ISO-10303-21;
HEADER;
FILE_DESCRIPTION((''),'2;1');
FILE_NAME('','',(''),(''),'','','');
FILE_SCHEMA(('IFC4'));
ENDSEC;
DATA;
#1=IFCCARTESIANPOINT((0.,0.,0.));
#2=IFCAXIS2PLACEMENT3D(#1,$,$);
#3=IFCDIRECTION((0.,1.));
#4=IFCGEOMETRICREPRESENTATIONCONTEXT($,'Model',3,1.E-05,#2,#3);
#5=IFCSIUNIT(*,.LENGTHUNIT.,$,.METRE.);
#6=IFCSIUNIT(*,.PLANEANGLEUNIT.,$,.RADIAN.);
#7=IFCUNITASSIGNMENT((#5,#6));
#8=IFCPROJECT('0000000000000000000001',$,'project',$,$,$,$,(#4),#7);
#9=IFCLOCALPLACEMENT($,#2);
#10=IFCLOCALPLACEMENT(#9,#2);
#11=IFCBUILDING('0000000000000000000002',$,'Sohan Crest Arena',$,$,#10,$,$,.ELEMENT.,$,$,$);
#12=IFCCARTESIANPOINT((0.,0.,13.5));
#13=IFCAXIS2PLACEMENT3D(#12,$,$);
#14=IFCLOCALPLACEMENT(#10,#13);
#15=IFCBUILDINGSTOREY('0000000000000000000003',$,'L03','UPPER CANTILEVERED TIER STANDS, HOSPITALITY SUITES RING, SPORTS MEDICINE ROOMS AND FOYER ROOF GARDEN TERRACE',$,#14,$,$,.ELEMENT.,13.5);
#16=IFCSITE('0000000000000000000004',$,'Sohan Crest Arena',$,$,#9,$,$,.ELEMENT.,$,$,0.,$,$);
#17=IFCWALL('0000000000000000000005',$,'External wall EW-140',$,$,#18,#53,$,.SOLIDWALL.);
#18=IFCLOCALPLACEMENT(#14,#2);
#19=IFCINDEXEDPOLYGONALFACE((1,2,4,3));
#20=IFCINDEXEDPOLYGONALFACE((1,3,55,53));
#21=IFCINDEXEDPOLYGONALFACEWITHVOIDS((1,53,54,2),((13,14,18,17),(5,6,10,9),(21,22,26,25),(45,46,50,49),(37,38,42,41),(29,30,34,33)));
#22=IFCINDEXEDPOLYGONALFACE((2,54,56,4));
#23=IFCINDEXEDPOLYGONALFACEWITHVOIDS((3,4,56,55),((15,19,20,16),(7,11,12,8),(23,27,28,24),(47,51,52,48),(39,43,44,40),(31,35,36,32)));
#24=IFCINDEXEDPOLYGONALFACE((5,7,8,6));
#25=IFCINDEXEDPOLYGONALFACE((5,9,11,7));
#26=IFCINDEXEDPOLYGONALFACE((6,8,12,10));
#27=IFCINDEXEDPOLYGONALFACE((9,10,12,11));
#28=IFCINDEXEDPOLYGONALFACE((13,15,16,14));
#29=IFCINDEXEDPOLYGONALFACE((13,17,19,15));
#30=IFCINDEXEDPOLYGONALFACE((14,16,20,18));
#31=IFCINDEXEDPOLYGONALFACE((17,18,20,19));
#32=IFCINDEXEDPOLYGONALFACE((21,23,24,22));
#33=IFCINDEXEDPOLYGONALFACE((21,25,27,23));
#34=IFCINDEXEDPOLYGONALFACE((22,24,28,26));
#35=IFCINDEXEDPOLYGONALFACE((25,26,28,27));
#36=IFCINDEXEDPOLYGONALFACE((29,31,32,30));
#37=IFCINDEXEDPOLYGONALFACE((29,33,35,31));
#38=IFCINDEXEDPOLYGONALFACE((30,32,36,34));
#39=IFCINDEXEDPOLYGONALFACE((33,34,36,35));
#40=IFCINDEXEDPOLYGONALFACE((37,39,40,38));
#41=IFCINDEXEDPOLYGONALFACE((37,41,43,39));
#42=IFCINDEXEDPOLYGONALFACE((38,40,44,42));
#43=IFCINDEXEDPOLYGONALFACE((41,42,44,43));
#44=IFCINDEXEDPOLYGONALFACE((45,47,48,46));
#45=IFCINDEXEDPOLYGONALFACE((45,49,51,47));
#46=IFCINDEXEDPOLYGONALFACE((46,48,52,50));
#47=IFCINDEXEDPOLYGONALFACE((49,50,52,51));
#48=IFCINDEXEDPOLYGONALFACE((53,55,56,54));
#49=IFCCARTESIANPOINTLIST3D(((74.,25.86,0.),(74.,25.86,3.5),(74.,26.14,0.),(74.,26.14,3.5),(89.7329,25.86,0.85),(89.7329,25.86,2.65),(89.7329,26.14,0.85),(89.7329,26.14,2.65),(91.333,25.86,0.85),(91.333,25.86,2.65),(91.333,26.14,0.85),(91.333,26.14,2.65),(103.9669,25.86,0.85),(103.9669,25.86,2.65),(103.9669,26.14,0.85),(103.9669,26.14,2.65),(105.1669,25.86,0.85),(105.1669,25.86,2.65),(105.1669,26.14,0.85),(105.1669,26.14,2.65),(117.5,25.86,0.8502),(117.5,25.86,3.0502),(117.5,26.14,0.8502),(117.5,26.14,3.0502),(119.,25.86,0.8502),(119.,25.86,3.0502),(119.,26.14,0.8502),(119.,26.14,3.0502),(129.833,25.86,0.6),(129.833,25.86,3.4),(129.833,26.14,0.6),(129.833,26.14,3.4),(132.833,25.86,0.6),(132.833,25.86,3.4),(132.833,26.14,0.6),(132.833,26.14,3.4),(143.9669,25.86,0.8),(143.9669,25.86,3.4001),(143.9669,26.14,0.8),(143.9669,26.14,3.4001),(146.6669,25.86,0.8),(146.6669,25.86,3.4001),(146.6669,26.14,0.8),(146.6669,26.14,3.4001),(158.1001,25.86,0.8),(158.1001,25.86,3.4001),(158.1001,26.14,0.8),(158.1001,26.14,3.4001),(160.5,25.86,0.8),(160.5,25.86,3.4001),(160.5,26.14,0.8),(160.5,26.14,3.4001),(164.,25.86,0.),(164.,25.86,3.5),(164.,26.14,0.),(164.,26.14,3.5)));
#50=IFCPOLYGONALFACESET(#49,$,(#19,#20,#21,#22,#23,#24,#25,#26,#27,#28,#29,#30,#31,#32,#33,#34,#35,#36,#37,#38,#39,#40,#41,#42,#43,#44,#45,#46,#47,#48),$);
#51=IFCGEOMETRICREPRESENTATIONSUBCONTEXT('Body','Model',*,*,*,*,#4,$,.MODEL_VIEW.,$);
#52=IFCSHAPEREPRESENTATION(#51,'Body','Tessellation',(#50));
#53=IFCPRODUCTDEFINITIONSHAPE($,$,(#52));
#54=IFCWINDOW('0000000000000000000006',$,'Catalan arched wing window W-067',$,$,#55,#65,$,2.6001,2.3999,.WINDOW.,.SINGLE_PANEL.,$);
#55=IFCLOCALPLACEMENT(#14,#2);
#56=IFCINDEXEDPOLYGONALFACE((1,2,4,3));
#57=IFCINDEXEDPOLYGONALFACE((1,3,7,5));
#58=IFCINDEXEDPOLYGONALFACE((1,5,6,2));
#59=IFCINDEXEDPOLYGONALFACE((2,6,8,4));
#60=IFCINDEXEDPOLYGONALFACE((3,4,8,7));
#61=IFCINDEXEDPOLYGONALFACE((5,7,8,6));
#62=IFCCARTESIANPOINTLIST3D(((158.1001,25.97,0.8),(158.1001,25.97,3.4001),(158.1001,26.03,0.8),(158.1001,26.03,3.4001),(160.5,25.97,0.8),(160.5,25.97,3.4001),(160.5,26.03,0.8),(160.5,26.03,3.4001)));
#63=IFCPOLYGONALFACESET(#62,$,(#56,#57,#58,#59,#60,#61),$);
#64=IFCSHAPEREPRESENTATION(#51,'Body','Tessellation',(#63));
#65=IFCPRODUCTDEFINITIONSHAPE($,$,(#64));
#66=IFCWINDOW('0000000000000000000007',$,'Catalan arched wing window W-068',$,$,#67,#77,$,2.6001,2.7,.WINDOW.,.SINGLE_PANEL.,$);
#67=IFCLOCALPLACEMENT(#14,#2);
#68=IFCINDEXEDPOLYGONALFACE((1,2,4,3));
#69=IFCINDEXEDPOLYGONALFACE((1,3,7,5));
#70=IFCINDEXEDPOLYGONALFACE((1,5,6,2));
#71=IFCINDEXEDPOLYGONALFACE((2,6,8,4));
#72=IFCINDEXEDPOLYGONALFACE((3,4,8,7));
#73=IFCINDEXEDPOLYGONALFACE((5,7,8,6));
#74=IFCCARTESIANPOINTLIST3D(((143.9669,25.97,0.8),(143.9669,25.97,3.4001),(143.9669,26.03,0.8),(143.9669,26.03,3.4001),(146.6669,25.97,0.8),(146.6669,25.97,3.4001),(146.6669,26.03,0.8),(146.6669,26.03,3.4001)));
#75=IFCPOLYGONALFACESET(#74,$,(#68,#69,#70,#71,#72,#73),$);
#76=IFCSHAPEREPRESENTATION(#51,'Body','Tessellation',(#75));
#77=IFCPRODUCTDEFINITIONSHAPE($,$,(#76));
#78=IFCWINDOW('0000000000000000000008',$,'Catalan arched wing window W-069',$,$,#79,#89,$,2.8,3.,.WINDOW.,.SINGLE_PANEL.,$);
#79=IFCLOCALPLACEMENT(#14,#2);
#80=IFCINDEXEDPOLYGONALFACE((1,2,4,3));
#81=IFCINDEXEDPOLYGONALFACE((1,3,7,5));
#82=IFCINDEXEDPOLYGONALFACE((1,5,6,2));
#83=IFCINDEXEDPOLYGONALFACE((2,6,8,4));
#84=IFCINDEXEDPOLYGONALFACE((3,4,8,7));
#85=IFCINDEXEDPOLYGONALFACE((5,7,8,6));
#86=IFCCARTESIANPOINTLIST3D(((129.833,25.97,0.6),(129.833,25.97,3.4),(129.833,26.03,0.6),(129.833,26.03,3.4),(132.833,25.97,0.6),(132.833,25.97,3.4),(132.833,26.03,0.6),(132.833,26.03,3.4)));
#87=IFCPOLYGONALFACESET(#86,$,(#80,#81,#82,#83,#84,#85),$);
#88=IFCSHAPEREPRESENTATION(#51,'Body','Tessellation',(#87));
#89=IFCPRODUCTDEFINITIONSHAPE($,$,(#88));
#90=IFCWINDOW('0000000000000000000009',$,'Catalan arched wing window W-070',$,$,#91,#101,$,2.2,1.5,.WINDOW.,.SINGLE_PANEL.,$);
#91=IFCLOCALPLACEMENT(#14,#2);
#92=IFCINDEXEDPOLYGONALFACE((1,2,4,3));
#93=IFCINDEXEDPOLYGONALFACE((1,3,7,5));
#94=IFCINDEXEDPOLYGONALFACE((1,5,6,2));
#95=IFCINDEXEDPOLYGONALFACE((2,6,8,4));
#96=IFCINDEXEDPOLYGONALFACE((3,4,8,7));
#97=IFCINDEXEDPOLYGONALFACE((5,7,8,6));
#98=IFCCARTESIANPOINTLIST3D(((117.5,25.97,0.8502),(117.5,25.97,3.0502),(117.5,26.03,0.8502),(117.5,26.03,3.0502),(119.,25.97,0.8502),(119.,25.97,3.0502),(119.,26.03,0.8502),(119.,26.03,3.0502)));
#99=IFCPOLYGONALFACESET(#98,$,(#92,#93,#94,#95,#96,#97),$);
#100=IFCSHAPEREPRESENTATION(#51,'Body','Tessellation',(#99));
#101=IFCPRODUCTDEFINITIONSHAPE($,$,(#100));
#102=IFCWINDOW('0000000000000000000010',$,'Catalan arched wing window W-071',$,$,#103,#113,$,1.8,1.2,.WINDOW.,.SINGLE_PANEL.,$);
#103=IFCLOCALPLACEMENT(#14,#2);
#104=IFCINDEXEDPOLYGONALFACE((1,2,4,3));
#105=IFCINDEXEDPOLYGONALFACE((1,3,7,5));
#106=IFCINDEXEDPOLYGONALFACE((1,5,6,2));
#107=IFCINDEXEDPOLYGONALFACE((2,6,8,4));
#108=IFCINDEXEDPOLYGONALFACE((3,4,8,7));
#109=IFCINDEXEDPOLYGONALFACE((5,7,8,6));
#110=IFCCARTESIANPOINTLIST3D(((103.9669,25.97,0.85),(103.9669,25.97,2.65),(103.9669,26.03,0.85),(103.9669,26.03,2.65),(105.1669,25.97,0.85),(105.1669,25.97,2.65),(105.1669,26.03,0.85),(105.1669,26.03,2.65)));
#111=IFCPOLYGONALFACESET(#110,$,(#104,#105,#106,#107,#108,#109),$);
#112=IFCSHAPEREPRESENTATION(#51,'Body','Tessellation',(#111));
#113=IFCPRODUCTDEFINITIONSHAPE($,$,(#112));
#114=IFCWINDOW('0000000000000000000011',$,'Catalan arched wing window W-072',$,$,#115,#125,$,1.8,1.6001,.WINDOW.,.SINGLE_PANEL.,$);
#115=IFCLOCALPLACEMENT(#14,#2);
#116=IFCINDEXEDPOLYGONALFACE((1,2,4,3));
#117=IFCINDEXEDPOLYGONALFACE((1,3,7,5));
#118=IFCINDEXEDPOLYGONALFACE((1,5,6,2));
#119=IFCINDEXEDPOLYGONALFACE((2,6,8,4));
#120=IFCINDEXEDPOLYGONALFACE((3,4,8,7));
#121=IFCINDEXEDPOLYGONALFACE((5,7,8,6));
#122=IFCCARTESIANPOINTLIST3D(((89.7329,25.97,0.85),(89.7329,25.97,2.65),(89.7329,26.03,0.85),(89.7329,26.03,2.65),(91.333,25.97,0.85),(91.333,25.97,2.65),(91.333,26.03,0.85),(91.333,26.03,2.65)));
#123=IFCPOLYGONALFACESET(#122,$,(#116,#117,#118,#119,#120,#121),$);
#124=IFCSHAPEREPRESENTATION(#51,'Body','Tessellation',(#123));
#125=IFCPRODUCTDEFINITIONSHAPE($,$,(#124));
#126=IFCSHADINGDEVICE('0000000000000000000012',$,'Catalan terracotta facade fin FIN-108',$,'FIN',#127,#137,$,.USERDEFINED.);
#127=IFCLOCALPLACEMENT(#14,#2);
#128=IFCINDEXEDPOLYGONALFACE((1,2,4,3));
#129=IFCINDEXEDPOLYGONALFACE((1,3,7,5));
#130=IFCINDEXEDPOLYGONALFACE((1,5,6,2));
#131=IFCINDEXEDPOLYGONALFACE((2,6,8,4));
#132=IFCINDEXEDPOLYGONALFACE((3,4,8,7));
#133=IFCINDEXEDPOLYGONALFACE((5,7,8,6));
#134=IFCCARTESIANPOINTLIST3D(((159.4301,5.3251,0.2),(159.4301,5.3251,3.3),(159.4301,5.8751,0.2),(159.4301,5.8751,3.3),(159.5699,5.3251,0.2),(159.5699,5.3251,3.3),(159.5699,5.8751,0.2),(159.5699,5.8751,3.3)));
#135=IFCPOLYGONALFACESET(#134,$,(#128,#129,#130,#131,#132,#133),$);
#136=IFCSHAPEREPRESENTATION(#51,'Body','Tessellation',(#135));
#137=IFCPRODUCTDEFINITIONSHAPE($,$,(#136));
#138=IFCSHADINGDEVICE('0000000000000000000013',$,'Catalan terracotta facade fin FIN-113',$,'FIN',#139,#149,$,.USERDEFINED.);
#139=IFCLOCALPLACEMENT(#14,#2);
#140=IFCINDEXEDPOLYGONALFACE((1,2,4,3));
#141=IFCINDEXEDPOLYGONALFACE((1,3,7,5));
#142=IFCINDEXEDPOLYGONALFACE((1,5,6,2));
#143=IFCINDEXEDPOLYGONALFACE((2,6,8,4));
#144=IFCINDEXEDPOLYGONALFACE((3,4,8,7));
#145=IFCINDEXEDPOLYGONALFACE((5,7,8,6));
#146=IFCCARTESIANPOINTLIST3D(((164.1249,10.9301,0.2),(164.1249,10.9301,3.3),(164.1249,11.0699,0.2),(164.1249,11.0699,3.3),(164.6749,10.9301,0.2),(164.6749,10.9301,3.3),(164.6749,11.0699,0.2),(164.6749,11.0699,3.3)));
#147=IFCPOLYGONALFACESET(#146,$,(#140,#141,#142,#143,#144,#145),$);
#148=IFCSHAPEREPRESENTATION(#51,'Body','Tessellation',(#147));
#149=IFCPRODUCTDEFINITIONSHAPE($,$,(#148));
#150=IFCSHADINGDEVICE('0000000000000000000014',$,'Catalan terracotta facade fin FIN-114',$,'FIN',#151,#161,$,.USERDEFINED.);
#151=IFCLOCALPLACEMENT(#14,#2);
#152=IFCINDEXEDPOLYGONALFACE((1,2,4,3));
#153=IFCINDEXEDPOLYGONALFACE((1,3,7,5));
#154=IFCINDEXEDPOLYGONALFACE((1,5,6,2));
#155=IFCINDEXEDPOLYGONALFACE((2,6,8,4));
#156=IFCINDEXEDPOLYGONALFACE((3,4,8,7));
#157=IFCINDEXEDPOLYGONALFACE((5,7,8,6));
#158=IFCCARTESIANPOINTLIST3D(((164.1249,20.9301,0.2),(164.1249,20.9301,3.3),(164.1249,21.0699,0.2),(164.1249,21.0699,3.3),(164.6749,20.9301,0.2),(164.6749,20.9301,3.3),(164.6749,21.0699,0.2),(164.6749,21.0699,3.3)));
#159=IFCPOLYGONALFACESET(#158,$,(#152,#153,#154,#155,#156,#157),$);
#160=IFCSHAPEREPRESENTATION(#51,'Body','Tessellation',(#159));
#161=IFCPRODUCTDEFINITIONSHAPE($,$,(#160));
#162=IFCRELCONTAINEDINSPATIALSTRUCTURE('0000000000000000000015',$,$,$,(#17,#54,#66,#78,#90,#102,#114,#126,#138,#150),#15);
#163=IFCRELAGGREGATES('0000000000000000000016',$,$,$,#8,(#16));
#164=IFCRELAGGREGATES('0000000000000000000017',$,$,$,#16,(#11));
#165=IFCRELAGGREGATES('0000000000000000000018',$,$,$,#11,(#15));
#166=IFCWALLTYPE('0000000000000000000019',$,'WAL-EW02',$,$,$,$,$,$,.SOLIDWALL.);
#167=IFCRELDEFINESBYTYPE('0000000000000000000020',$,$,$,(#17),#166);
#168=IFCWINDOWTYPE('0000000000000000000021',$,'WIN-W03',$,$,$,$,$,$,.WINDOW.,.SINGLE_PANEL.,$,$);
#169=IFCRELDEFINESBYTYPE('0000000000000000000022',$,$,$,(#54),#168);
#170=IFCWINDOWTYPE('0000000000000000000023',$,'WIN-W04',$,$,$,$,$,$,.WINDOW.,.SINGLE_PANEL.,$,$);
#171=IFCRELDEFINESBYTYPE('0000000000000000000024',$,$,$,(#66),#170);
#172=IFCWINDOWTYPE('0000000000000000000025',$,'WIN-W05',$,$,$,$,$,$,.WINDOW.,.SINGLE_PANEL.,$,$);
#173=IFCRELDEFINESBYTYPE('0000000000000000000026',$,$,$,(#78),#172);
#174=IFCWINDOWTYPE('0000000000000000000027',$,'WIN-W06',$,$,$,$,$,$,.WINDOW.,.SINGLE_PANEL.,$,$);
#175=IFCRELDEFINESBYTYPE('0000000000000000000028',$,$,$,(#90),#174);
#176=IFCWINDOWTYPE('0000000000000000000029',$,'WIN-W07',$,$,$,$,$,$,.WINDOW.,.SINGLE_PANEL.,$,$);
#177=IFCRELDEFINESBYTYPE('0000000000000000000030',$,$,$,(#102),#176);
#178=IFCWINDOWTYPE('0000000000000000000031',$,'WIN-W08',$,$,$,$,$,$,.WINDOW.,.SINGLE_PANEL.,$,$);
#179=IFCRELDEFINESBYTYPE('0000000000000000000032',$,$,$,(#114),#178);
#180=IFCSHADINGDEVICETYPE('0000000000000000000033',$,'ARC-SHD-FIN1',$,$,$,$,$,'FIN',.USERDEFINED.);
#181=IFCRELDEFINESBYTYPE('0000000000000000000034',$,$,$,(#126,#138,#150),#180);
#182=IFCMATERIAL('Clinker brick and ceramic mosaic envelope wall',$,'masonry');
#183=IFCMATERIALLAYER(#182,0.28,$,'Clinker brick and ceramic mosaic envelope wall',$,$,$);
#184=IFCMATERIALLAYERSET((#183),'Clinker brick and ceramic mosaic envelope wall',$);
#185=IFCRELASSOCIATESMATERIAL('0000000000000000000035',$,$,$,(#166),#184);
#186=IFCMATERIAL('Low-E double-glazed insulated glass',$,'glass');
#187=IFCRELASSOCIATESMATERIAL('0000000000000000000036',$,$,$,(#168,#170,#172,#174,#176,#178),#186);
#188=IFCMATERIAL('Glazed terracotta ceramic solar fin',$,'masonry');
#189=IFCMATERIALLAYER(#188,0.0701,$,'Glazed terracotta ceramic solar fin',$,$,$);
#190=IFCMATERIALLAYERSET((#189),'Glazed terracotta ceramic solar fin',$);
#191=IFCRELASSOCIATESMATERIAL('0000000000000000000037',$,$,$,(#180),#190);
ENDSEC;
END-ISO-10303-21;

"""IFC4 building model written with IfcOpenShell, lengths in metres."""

from ifc_helpers import new_model, si_unit, direction, frame, frame_2d, origin, origin_2d, place, context, subcontext, project, spatial, rectangle, extrude, material, layer, layer_set, type_object, element, fill, save


model = new_model("IFC4")

# Units and contexts
model_context = context("Model", 3, precision=1e-05, world=origin(), true_north=direction((0.0, 1.0)))
body_context = subcontext(model_context, "Body", "Model", "MODEL_VIEW")
ifc_project = project(units=[si_unit("LENGTHUNIT", "METRE"), si_unit("PLANEANGLEUNIT", "RADIAN")], contexts=[model_context])

# Site, building, storey
site_placement = place(None, origin())
site = spatial("IfcSite", under=ifc_project, at=site_placement, Name="Sohan Crest Arena", CompositionType="ELEMENT", RefElevation=0.0)
building_placement = place(site_placement, origin())
building = spatial("IfcBuilding", under=site, at=building_placement, Name="Sohan Crest Arena", CompositionType="ELEMENT")
storey_placement = place(building_placement, frame((0.0, 0.0, 13.5)))
storey = spatial("IfcBuildingStorey", under=building, at=storey_placement, Name="L03", Description="UPPER CANTILEVERED TIER STANDS, HOSPITALITY SUITES RING, SPORTS MEDICINE ROOMS AND FOYER ROOF GARDEN TERRACE", CompositionType="ELEMENT", Elevation=13.5)

# Wall, openings, windows
ifc_material_1 = material(Name="Clinker brick and ceramic mosaic envelope wall", Category="masonry")
ifc_layer_1 = layer(ifc_material_1, 0.28, Name="Clinker brick and ceramic mosaic envelope wall")
ifc_layer_set_1 = layer_set([ifc_layer_1], Name="Clinker brick and ceramic mosaic envelope wall")
wall_type = type_object("IfcWallType", Name="WAL-EW02", PredefinedType="SOLIDWALL", material=ifc_layer_set_1)
ifc_material_2 = material(Name="Low-E double-glazed insulated glass", Category="glass")
wall_1_placement = place(storey_placement, frame((164.0, 26.0, 0.0), z_axis=(0.0, 0.0, 1.0), x_axis=(-1.0, 0.0, 0.0)))
wall_1 = element("IfcWall", 1, at=wall_1_placement, inside=storey, type_object=wall_type, Name="External wall EW-140", PredefinedType="SOLIDWALL", context=body_context, shape_type="SweptSolid", body=[
    extrude(rectangle(XDim=90.0, YDim=0.28, at=frame_2d((45.0, 0.0))), origin(), (0.0, 0.0, 1.0), 3.5),
])
opening_1_placement = place(wall_1_placement, frame((3.5, 0.0, 0.8)))
opening_1 = element("IfcOpeningElement", 2, at=opening_1_placement, cuts=wall_1, PredefinedType="OPENING", context=body_context, shape_type="SweptSolid", body=[
    extrude(rectangle(XDim=2.3999, YDim=2.6001, at=frame_2d((1.2, 1.3))), frame((0.0, 0.1499, 0.0), z_axis=(0.0, -1.0, 0.0), x_axis=(1.0, 0.0, 0.0)), (0.0, 0.0, 1.0), 0.3),
])
opening_2_placement = place(wall_1_placement, frame((17.333, 0.0, 0.8)))
opening_2 = element("IfcOpeningElement", 3, at=opening_2_placement, cuts=wall_1, PredefinedType="OPENING", context=body_context, shape_type="SweptSolid", body=[
    extrude(rectangle(XDim=2.7, YDim=2.6001, at=frame_2d((1.3501, 1.3))), frame((0.0, 0.1499, 0.0), z_axis=(0.0, -1.0, 0.0), x_axis=(1.0, 0.0, 0.0)), (0.0, 0.0, 1.0), 0.3),
])
opening_3_placement = place(wall_1_placement, frame((31.167, 0.0, 0.6001)))
opening_3 = element("IfcOpeningElement", 4, at=opening_3_placement, cuts=wall_1, PredefinedType="OPENING", context=body_context, shape_type="SweptSolid", body=[
    extrude(rectangle(XDim=3.0, YDim=2.8, at=frame_2d((1.5, 1.3999))), frame((0.0, 0.1499, 0.0), z_axis=(0.0, -1.0, 0.0), x_axis=(1.0, 0.0, 0.0)), (0.0, 0.0, 1.0), 0.3),
])
opening_4_placement = place(wall_1_placement, frame((45.0, 0.0, 0.8501)))
opening_4 = element("IfcOpeningElement", 5, at=opening_4_placement, cuts=wall_1, PredefinedType="OPENING", context=body_context, shape_type="SweptSolid", body=[
    extrude(rectangle(XDim=1.5, YDim=2.2, at=frame_2d((0.75, 1.1001))), frame((0.0, 0.1499, 0.0), z_axis=(0.0, -1.0, 0.0), x_axis=(1.0, 0.0, 0.0)), (0.0, 0.0, 1.0), 0.3),
])
opening_5_placement = place(wall_1_placement, frame((58.833, 0.0, 0.8501)))
opening_5 = element("IfcOpeningElement", 6, at=opening_5_placement, cuts=wall_1, PredefinedType="OPENING", context=body_context, shape_type="SweptSolid", body=[
    extrude(rectangle(XDim=1.2, YDim=1.8, at=frame_2d((0.6001, 0.8999))), frame((0.0, 0.1499, 0.0), z_axis=(0.0, -1.0, 0.0), x_axis=(1.0, 0.0, 0.0)), (0.0, 0.0, 1.0), 0.3),
])
opening_6_placement = place(wall_1_placement, frame((72.667, 0.0, 0.8501)))
opening_6 = element("IfcOpeningElement", 7, at=opening_6_placement, cuts=wall_1, PredefinedType="OPENING", context=body_context, shape_type="SweptSolid", body=[
    extrude(rectangle(XDim=1.6001, YDim=1.8, at=frame_2d((0.8, 0.8999))), frame((0.0, 0.1499, 0.0), z_axis=(0.0, -1.0, 0.0), x_axis=(1.0, 0.0, 0.0)), (0.0, 0.0, 1.0), 0.3),
])
window_type_1 = type_object("IfcWindowType", Name="WIN-W03", PartitioningType="SINGLE_PANEL", PredefinedType="WINDOW", material=ifc_material_2)
window_1_placement = place(opening_1_placement, origin())
window_1 = element("IfcWindow", 8, at=window_1_placement, inside=storey, type_object=window_type_1, Name="Catalan arched wing window W-067", OverallHeight=2.6001, OverallWidth=2.3999, PartitioningType="SINGLE_PANEL", PredefinedType="WINDOW", context=body_context, shape_type="SweptSolid", body=[
    extrude(rectangle(XDim=2.3999, YDim=2.6001, at=frame_2d((1.2, 1.3))), frame((0.0, 0.03, 0.0), z_axis=(0.0, -1.0, 0.0), x_axis=(1.0, 0.0, 0.0)), (0.0, 0.0, 1.0), 0.0601),
])
fill(opening_1, window_1)
window_type_2 = type_object("IfcWindowType", Name="WIN-W04", PartitioningType="SINGLE_PANEL", PredefinedType="WINDOW", material=ifc_material_2)
window_2_placement = place(opening_2_placement, origin())
window_2 = element("IfcWindow", 9, at=window_2_placement, inside=storey, type_object=window_type_2, Name="Catalan arched wing window W-068", OverallHeight=2.6001, OverallWidth=2.7, PartitioningType="SINGLE_PANEL", PredefinedType="WINDOW", context=body_context, shape_type="SweptSolid", body=[
    extrude(rectangle(XDim=2.7, YDim=2.6001, at=frame_2d((1.3501, 1.3))), frame((0.0, 0.03, 0.0), z_axis=(0.0, -1.0, 0.0), x_axis=(1.0, 0.0, 0.0)), (0.0, 0.0, 1.0), 0.0601),
])
fill(opening_2, window_2)
window_type_3 = type_object("IfcWindowType", Name="WIN-W05", PartitioningType="SINGLE_PANEL", PredefinedType="WINDOW", material=ifc_material_2)
window_3_placement = place(opening_3_placement, origin())
window_3 = element("IfcWindow", 10, at=window_3_placement, inside=storey, type_object=window_type_3, Name="Catalan arched wing window W-069", OverallHeight=2.8, OverallWidth=3.0, PartitioningType="SINGLE_PANEL", PredefinedType="WINDOW", context=body_context, shape_type="SweptSolid", body=[
    extrude(rectangle(XDim=3.0, YDim=2.8, at=frame_2d((1.5, 1.3999))), frame((0.0, 0.03, 0.0), z_axis=(0.0, -1.0, 0.0), x_axis=(1.0, 0.0, 0.0)), (0.0, 0.0, 1.0), 0.0601),
])
fill(opening_3, window_3)
window_type_4 = type_object("IfcWindowType", Name="WIN-W06", PartitioningType="SINGLE_PANEL", PredefinedType="WINDOW", material=ifc_material_2)
window_4_placement = place(opening_4_placement, origin())
window_4 = element("IfcWindow", 11, at=window_4_placement, inside=storey, type_object=window_type_4, Name="Catalan arched wing window W-070", OverallHeight=2.2, OverallWidth=1.5, PartitioningType="SINGLE_PANEL", PredefinedType="WINDOW", context=body_context, shape_type="SweptSolid", body=[
    extrude(rectangle(XDim=1.5, YDim=2.2, at=frame_2d((0.75, 1.1001))), frame((0.0, 0.03, 0.0), z_axis=(0.0, -1.0, 0.0), x_axis=(1.0, 0.0, 0.0)), (0.0, 0.0, 1.0), 0.0601),
])
fill(opening_4, window_4)
window_type_5 = type_object("IfcWindowType", Name="WIN-W07", PartitioningType="SINGLE_PANEL", PredefinedType="WINDOW", material=ifc_material_2)
window_5_placement = place(opening_5_placement, origin())
window_5 = element("IfcWindow", 12, at=window_5_placement, inside=storey, type_object=window_type_5, Name="Catalan arched wing window W-071", OverallHeight=1.8, OverallWidth=1.2, PartitioningType="SINGLE_PANEL", PredefinedType="WINDOW", context=body_context, shape_type="SweptSolid", body=[
    extrude(rectangle(XDim=1.2, YDim=1.8, at=frame_2d((0.6001, 0.8999))), frame((0.0, 0.03, 0.0), z_axis=(0.0, -1.0, 0.0), x_axis=(1.0, 0.0, 0.0)), (0.0, 0.0, 1.0), 0.0601),
])
fill(opening_5, window_5)
window_type_6 = type_object("IfcWindowType", Name="WIN-W08", PartitioningType="SINGLE_PANEL", PredefinedType="WINDOW", material=ifc_material_2)
window_6_placement = place(opening_6_placement, origin())
window_6 = element("IfcWindow", 13, at=window_6_placement, inside=storey, type_object=window_type_6, Name="Catalan arched wing window W-072", OverallHeight=1.8, OverallWidth=1.6001, PartitioningType="SINGLE_PANEL", PredefinedType="WINDOW", context=body_context, shape_type="SweptSolid", body=[
    extrude(rectangle(XDim=1.6001, YDim=1.8, at=frame_2d((0.8, 0.8999))), frame((0.0, 0.03, 0.0), z_axis=(0.0, -1.0, 0.0), x_axis=(1.0, 0.0, 0.0)), (0.0, 0.0, 1.0), 0.0601),
])
fill(opening_6, window_6)

# Shading devices
ifc_material_3 = material(Name="Glazed terracotta ceramic solar fin", Category="masonry")
ifc_layer_2 = layer(ifc_material_3, 0.0701, Name="Glazed terracotta ceramic solar fin")
ifc_layer_set_2 = layer_set([ifc_layer_2], Name="Glazed terracotta ceramic solar fin")
shading_device_type = type_object("IfcShadingDeviceType", Name="ARC-SHD-FIN1", ElementType="FIN", PredefinedType="USERDEFINED", material=ifc_layer_set_2)
for number, where, z_axis, x_axis, name in (
    (14, (159.5, 5.6001, 0.2), (0.0, 0.0, 1.0), (1.0, 0.0, 0.0), "Catalan terracotta facade fin FIN-108"),
    (15, (164.3999, 11.0, 0.2), (0.0, 0.0, 1.0), (0.0, 1.0, 0.0), "Catalan terracotta facade fin FIN-113"),
    (16, (164.3999, 21.0, 0.2), (0.0, 0.0, 1.0), (0.0, 1.0, 0.0), "Catalan terracotta facade fin FIN-114"),
):
    element("IfcShadingDevice", number, at=place(storey_placement, frame(where, z_axis=z_axis, x_axis=x_axis)), inside=storey, type_object=shading_device_type, Name=name, ObjectType="FIN", PredefinedType="USERDEFINED", context=body_context, shape_type="SweptSolid", body=[
        extrude(rectangle(XDim=0.1399, YDim=0.55, at=origin_2d()), origin(), (0.0, 0.0, 1.0), 3.1001),
    ])

save(model, "model.ifc")
